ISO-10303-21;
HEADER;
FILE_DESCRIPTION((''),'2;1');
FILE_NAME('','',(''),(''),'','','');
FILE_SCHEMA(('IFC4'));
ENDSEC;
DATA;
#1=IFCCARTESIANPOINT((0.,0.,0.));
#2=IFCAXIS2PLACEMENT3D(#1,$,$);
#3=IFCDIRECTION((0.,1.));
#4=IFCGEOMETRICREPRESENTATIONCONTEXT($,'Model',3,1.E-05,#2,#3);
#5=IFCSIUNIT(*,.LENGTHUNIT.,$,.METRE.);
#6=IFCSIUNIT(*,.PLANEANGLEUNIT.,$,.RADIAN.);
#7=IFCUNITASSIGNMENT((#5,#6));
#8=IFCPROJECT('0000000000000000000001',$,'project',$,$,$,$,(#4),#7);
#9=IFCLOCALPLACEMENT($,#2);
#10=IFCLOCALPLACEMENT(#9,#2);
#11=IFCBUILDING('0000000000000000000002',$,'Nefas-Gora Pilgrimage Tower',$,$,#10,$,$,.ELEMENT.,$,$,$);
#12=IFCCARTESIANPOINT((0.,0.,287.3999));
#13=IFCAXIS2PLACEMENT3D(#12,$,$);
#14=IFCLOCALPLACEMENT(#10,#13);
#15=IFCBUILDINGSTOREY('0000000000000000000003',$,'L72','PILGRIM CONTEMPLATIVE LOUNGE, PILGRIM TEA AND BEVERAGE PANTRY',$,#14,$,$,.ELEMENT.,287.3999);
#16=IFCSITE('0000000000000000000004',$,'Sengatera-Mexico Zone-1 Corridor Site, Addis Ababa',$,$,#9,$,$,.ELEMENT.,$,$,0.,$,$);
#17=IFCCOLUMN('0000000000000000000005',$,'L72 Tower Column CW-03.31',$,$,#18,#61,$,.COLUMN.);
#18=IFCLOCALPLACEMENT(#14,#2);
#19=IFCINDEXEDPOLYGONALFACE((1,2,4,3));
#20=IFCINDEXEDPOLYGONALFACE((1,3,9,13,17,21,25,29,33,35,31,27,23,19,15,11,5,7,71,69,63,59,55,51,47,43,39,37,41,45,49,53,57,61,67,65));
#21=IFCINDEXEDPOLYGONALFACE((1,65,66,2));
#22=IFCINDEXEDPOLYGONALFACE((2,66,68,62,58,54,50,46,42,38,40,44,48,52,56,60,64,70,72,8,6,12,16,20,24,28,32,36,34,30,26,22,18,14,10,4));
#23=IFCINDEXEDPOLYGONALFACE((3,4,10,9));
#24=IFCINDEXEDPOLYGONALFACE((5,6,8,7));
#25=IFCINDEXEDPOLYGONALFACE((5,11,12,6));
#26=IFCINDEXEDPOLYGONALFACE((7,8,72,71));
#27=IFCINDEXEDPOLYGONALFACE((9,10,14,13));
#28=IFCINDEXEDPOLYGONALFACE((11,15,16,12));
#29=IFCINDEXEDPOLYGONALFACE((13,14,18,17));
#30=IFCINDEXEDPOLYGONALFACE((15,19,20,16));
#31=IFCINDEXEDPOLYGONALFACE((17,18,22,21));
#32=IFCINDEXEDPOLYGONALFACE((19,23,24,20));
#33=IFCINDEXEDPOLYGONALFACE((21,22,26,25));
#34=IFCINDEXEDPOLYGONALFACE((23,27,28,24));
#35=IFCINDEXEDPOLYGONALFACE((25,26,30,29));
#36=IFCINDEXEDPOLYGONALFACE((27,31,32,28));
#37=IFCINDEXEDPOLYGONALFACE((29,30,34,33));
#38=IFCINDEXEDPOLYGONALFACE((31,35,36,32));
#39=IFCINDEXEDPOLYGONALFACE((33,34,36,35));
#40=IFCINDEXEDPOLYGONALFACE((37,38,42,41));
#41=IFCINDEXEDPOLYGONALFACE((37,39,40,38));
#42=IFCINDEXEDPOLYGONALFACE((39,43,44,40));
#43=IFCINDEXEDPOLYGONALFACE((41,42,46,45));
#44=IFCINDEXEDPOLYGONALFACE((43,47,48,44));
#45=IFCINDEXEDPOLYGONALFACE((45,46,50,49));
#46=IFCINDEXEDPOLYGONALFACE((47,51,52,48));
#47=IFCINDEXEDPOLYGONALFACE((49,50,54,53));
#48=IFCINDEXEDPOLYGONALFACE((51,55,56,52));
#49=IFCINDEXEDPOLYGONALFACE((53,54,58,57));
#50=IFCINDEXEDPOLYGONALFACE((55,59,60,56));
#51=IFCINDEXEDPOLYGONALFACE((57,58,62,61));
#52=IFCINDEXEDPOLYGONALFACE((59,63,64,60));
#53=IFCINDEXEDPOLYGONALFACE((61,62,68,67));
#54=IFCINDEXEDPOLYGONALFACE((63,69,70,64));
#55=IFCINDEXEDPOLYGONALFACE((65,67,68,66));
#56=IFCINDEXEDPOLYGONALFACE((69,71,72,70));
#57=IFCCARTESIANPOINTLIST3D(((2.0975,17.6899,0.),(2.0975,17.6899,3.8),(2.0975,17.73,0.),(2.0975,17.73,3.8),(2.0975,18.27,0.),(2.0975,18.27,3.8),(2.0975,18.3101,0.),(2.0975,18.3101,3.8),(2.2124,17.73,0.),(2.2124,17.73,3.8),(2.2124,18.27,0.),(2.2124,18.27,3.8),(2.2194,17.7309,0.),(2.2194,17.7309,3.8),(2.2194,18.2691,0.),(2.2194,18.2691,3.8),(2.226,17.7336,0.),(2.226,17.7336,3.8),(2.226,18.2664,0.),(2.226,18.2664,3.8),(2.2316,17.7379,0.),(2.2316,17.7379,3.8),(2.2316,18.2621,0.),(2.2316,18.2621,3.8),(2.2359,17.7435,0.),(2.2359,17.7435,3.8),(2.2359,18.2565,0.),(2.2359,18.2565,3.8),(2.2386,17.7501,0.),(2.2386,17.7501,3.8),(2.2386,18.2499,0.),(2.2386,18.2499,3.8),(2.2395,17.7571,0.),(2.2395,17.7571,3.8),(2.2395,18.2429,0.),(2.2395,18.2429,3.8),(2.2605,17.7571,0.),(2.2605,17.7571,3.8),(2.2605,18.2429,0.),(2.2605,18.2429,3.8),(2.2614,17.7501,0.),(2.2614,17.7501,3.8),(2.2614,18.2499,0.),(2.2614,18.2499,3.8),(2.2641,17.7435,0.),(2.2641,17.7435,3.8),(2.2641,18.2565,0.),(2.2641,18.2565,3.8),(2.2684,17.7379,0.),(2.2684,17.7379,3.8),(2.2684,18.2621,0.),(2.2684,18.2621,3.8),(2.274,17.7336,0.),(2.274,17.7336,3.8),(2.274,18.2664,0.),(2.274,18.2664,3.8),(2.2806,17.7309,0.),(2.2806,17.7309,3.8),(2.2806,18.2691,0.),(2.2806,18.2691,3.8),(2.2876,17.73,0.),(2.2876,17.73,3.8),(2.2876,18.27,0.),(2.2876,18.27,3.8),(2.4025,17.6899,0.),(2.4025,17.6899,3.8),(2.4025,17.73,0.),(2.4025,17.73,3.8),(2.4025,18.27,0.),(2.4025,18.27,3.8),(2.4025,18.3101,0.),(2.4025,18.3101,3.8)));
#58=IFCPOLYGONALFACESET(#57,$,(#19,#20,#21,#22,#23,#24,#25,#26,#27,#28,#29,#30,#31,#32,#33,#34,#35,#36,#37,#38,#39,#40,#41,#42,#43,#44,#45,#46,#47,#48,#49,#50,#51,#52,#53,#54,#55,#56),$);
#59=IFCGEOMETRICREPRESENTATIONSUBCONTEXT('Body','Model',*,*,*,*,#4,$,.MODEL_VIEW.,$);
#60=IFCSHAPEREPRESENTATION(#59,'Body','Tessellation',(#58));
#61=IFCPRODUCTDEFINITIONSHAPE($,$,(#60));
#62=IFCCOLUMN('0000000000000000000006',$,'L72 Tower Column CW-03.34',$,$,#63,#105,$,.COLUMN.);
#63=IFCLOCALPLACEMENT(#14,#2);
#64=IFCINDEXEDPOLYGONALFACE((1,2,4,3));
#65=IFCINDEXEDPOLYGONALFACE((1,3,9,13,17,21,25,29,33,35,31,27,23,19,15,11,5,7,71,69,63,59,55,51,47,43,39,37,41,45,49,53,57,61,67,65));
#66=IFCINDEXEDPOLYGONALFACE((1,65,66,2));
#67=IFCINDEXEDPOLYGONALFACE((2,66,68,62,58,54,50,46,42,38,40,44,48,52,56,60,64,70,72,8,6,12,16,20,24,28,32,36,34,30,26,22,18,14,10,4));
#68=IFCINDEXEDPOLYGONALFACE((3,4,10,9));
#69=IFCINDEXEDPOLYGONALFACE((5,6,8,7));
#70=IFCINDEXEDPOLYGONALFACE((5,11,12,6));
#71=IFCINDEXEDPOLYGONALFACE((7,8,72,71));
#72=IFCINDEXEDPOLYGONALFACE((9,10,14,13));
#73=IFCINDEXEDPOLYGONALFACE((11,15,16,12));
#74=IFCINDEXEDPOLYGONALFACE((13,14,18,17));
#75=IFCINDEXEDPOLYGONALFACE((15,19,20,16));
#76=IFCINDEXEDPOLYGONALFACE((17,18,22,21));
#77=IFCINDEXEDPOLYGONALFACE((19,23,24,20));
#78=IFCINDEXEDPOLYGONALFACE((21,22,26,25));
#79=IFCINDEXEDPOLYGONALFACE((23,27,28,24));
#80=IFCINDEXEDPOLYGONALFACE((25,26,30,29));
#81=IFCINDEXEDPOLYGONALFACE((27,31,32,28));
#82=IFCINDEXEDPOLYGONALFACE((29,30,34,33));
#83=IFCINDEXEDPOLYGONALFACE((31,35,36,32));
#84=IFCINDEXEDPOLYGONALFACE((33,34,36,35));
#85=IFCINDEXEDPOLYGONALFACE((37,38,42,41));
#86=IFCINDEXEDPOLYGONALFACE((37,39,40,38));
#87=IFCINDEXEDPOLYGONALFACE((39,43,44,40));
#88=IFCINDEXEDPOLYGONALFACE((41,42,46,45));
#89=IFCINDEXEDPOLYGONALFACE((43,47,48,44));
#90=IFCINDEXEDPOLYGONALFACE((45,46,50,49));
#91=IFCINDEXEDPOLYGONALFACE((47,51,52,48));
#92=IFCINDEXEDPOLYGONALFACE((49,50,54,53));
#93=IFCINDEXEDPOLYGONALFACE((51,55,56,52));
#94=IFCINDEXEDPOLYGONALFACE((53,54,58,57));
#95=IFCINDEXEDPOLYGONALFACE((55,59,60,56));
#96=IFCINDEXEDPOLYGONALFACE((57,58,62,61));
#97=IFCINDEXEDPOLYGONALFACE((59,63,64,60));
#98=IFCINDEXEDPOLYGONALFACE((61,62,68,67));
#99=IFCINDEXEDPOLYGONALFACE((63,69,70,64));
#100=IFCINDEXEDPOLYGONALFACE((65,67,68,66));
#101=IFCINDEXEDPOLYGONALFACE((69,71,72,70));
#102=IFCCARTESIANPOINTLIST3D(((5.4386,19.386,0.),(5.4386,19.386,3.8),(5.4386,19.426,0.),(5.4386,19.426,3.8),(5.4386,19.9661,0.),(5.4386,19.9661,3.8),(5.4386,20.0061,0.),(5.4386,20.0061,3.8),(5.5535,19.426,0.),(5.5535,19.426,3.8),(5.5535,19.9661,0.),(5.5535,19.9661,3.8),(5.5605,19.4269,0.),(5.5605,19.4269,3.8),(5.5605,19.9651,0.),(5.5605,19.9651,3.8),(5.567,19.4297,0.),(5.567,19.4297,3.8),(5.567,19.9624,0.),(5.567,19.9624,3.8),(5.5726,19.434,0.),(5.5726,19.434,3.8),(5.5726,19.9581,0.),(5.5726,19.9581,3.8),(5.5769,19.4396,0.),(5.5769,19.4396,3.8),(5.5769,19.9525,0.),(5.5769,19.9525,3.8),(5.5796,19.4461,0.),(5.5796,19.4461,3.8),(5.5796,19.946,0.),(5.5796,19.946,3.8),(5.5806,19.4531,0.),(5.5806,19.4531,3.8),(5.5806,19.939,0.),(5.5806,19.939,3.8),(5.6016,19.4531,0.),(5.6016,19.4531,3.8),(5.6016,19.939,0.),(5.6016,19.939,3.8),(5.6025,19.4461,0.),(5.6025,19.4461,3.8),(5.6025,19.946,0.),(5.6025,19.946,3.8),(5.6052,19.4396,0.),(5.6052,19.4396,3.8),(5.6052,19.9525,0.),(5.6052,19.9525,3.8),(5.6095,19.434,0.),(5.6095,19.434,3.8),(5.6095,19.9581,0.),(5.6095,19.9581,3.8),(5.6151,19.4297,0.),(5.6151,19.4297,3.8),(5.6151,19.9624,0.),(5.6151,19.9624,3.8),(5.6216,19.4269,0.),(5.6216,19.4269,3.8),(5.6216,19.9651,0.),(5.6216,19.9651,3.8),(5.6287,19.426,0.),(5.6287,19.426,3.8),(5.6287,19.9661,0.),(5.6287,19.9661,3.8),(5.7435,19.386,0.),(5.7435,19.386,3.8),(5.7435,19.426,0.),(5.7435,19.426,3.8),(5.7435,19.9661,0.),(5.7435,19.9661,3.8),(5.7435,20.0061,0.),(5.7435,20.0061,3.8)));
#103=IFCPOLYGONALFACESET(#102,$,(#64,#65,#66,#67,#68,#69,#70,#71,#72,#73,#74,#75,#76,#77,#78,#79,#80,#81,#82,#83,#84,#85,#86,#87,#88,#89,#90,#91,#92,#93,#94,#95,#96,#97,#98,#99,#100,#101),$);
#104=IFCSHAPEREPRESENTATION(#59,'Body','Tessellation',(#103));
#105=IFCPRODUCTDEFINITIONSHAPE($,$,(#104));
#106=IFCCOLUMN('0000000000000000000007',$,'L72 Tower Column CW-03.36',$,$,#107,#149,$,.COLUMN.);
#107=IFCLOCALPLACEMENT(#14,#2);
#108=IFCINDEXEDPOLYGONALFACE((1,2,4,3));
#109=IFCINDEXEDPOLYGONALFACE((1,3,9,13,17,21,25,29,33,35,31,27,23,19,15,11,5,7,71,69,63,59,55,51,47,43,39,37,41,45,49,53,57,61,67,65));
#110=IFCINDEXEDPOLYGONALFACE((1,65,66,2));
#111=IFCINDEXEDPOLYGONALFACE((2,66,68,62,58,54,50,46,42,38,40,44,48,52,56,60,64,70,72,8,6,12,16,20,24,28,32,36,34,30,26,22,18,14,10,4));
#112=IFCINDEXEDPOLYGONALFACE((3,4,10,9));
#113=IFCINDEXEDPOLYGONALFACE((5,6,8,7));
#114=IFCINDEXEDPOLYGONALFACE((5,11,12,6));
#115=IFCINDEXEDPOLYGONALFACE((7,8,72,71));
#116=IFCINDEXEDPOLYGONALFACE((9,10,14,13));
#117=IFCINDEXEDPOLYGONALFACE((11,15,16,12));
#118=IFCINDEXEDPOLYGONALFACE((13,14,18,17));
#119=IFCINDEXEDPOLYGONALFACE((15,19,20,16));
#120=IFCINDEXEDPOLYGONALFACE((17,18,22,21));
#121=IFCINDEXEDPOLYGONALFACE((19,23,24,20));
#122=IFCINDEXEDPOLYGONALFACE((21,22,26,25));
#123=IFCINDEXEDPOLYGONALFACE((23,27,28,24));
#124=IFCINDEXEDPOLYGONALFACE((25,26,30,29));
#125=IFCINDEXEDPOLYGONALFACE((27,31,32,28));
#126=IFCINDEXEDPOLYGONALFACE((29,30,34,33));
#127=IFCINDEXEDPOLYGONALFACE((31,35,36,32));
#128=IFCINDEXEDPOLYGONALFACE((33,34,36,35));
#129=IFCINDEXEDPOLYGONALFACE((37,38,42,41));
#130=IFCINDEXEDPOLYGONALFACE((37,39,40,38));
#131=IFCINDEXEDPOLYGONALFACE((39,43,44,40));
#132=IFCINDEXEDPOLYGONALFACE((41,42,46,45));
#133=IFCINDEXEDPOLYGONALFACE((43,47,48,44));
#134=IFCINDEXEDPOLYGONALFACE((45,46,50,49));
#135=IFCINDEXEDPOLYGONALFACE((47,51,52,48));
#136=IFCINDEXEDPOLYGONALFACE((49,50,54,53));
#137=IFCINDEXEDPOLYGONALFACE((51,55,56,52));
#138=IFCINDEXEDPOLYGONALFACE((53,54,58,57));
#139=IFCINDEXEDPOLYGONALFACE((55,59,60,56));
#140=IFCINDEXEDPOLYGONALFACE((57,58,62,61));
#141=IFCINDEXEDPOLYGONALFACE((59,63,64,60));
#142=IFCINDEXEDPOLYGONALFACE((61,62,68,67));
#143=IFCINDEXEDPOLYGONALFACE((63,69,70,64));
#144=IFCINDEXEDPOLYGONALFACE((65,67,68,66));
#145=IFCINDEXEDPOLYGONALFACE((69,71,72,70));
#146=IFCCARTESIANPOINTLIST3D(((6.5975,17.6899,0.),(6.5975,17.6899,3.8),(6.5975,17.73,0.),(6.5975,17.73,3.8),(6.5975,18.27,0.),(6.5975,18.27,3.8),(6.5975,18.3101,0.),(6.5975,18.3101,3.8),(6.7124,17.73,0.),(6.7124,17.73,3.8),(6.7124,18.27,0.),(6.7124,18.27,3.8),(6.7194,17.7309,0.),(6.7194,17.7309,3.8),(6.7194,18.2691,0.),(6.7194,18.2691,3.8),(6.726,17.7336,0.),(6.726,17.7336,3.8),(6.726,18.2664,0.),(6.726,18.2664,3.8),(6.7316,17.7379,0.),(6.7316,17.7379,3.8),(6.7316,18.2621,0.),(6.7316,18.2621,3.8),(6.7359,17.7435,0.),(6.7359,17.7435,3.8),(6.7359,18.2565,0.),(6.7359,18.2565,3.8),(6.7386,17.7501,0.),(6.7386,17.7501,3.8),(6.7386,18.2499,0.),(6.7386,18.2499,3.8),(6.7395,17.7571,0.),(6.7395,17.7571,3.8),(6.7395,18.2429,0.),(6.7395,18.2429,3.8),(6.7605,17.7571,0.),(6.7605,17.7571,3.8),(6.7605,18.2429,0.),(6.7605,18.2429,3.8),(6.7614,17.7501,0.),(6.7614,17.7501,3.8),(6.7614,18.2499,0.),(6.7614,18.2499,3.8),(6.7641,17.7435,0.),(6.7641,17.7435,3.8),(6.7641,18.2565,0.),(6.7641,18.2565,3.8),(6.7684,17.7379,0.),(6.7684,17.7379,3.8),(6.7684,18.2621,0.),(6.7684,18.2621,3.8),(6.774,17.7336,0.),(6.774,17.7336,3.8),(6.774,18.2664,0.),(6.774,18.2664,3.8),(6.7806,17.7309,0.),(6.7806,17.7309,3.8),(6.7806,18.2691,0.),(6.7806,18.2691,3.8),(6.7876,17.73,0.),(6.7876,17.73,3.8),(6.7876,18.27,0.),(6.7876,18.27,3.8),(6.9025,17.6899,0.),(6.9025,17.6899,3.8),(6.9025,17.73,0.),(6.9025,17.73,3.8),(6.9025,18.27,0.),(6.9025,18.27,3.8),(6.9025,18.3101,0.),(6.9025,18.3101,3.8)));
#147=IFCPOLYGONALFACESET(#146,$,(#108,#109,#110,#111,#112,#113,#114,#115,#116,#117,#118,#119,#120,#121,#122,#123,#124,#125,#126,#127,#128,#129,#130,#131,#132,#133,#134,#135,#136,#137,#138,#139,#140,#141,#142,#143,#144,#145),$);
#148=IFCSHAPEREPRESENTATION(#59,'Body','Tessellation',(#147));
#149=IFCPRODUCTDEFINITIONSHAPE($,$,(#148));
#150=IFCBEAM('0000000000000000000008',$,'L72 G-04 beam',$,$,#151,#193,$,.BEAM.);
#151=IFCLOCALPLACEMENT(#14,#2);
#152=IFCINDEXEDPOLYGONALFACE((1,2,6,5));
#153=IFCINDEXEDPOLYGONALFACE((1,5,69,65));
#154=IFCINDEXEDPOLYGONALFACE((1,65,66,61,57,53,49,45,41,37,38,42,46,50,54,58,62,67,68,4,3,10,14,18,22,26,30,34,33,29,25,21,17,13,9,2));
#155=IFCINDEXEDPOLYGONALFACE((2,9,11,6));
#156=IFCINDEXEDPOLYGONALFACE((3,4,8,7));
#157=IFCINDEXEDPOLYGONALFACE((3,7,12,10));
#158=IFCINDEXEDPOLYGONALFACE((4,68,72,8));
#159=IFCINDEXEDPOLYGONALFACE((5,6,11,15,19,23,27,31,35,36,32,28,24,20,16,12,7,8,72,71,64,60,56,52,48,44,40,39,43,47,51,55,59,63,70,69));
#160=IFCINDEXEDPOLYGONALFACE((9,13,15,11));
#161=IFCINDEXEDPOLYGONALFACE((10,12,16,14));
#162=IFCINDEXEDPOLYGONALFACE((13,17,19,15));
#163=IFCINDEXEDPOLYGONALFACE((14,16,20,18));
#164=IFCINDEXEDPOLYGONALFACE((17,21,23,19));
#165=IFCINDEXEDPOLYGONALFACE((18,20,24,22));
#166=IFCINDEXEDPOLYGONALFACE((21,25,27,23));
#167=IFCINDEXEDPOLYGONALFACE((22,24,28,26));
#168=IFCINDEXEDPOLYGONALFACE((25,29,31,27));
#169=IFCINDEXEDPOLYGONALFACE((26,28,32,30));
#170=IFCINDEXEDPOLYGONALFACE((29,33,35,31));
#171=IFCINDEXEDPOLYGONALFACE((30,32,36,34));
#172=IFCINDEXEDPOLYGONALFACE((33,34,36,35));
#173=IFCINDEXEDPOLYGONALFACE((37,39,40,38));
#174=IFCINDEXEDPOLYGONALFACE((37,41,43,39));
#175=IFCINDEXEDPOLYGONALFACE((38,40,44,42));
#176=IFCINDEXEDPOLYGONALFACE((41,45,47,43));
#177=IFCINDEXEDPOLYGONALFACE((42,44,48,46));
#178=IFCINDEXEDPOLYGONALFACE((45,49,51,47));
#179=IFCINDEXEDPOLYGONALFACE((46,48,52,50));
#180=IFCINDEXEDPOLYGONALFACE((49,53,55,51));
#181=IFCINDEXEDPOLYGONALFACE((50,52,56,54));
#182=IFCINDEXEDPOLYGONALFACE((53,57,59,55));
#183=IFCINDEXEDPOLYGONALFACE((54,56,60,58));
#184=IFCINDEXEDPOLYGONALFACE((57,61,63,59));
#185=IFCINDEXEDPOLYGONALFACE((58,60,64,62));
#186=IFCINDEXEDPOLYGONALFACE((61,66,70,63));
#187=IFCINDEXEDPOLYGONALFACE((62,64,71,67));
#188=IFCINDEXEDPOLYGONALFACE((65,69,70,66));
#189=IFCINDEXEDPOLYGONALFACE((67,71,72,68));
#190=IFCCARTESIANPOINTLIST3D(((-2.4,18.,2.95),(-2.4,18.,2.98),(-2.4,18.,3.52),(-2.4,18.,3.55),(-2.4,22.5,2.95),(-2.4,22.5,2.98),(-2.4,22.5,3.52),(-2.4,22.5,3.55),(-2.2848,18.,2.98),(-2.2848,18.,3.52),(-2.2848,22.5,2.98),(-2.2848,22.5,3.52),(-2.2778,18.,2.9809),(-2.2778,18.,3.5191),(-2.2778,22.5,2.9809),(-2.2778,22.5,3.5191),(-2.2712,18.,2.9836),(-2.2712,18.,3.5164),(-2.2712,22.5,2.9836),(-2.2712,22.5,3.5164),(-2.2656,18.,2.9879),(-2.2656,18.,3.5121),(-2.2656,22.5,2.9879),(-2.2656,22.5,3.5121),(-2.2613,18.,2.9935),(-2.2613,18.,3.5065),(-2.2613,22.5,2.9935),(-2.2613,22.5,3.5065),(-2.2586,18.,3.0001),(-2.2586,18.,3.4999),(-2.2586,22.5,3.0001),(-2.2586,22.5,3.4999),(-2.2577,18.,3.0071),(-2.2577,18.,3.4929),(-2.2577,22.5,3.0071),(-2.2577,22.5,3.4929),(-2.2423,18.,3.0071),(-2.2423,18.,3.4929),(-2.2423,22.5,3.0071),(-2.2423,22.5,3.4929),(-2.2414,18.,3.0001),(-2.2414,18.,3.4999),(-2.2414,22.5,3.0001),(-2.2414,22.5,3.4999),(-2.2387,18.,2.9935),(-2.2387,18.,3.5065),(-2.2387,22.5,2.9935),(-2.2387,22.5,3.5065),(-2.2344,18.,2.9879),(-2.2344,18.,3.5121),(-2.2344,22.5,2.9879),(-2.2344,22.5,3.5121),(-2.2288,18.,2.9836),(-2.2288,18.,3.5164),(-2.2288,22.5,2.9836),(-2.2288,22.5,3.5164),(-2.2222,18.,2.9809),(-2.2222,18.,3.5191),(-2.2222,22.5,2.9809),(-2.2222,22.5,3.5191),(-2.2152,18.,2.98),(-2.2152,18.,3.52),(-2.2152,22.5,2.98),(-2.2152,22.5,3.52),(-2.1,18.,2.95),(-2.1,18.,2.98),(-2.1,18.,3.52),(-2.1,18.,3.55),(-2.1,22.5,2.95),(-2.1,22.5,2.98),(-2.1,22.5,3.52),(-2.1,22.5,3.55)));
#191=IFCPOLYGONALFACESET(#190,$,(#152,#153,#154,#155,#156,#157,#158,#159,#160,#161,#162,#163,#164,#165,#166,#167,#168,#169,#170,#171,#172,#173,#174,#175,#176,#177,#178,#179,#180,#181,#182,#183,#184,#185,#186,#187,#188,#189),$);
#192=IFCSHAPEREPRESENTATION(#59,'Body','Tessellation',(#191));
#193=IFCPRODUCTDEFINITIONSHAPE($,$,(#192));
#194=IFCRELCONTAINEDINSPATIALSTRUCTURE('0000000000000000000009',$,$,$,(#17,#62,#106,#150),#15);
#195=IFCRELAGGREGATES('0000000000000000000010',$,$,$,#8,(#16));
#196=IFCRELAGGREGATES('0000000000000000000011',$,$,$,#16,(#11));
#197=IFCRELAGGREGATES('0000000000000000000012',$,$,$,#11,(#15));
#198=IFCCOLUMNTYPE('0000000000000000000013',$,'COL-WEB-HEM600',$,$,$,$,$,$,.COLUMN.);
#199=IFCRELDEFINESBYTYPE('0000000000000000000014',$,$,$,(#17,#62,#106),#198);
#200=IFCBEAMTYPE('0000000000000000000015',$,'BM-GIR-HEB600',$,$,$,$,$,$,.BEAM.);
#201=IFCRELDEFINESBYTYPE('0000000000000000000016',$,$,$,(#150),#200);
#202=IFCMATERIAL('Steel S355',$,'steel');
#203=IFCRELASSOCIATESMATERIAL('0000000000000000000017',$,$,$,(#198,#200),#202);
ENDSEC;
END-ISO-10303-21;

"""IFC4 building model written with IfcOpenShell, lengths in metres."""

from ifc_helpers import new_model, si_unit, direction, frame, origin, origin_2d, place, context, subcontext, project, spatial, i_section, extrude, source, transform, mapped, material, material_profile, profile_set, type_object, element, save


model = new_model("IFC4")

# Units and contexts
model_context = context("Model", 3, precision=1e-05, world=origin(), true_north=direction((0.0, 1.0)))
body_context = subcontext(model_context, "Body", "Model", "MODEL_VIEW")
ifc_project = project(units=[si_unit("LENGTHUNIT", "METRE"), si_unit("PLANEANGLEUNIT", "RADIAN")], contexts=[model_context])

# Site, building, storey
site_placement = place(None, origin())
site = spatial("IfcSite", under=ifc_project, at=site_placement, Name="Sengatera-Mexico Zone-1 Corridor Site, Addis Ababa", CompositionType="ELEMENT", RefElevation=0.0)
building_placement = place(site_placement, origin())
building = spatial("IfcBuilding", under=site, at=building_placement, Name="Nefas-Gora Pilgrimage Tower", CompositionType="ELEMENT")
storey_placement = place(building_placement, frame((0.0, 0.0, 287.3999)))
storey = spatial("IfcBuildingStorey", under=building, at=storey_placement, Name="L72", Description="PILGRIM CONTEMPLATIVE LOUNGE, PILGRIM TEA AND BEVERAGE PANTRY", CompositionType="ELEMENT", Elevation=287.3999)

# Columns
ifc_material_1 = material(Name="Steel S355", Category="steel")
ifc_material_profile_1 = material_profile(ifc_material_1, i_section(OverallWidth=0.3049, OverallDepth=0.6201, WebThickness=0.021, FlangeThickness=0.04, FilletRadius=0.0271, at=origin_2d()), Name="HEM 600")
ifc_profile_set_1 = profile_set([ifc_material_profile_1], Name="Steel S355")
column_type_1 = type_object("IfcColumnType", Name="COL-WEB-HEM600", PredefinedType="COLUMN", material=ifc_profile_set_1)
shared_shape_1 = source(origin(), body_context, "Body", "SweptSolid", [
    extrude(i_section(OverallWidth=0.3049, OverallDepth=0.6201, WebThickness=0.021, FlangeThickness=0.04, FilletRadius=0.0271, at=origin_2d()), origin(), (0.0, 0.0, 1.0), 3.8),
])
for number, where, z_axis, x_axis, name in (
    (1, (2.25, 18.0, 0.0), (0.0, 0.0, 1.0), (1.0, 0.0, 0.0), "L72 Tower Column CW-03.31"),
    (2, (5.5911, 19.696, 0.0), (0.0, 0.0, 1.0), (1.0, 0.0, 0.0), "L72 Tower Column CW-03.34"),
    (3, (6.75, 18.0, 0.0), (0.0, 0.0, 1.0), (1.0, 0.0, 0.0), "L72 Tower Column CW-03.36"),
):
    element("IfcColumn", number, at=place(storey_placement, frame(where, z_axis=z_axis, x_axis=x_axis)), inside=storey, type_object=column_type_1, Name=name, PredefinedType="COLUMN", context=body_context, shape_type="MappedRepresentation", body=[
        mapped(shared_shape_1, transform((0.0, 0.0, 0.0), x_axis=(1.0, 0.0, 0.0), y_axis=(0.0, 1.0, 0.0), z_axis=(0.0, 0.0, 1.0), scale=1.0)),
    ])

# Beam
ifc_material_profile_2 = material_profile(ifc_material_1, i_section(OverallWidth=0.3, OverallDepth=0.6001, WebThickness=0.0154, FlangeThickness=0.03, FilletRadius=0.0271, at=origin_2d()), Name="HEB 600")
ifc_profile_set_2 = profile_set([ifc_material_profile_2], Name="Steel S355")
beam_type = type_object("IfcBeamType", Name="BM-GIR-HEB600", PredefinedType="BEAM", material=ifc_profile_set_2)
shared_shape_2 = source(origin(), body_context, "Body", "SweptSolid", [
    extrude(i_section(OverallWidth=0.3, OverallDepth=0.6001, WebThickness=0.0154, FlangeThickness=0.03, FilletRadius=0.0271, at=origin_2d()), origin(), (0.0, 0.0, 1.0), 4.5),
])
for number, where, z_axis, x_axis, name in (
    (4, (-2.25, 18.0, 3.25), (0.0, 1.0, 0.0), (-1.0, 0.0, 0.0), "L72 G-04 beam"),
):
    element("IfcBeam", number, at=place(storey_placement, frame(where, z_axis=z_axis, x_axis=x_axis)), inside=storey, type_object=beam_type, Name=name, PredefinedType="BEAM", context=body_context, shape_type="MappedRepresentation", body=[
        mapped(shared_shape_2, transform((0.0, 0.0, 0.0), x_axis=(1.0, 0.0, 0.0), y_axis=(0.0, 1.0, 0.0), z_axis=(0.0, 0.0, 1.0), scale=1.0)),
    ])

save(model, "model.ifc")
